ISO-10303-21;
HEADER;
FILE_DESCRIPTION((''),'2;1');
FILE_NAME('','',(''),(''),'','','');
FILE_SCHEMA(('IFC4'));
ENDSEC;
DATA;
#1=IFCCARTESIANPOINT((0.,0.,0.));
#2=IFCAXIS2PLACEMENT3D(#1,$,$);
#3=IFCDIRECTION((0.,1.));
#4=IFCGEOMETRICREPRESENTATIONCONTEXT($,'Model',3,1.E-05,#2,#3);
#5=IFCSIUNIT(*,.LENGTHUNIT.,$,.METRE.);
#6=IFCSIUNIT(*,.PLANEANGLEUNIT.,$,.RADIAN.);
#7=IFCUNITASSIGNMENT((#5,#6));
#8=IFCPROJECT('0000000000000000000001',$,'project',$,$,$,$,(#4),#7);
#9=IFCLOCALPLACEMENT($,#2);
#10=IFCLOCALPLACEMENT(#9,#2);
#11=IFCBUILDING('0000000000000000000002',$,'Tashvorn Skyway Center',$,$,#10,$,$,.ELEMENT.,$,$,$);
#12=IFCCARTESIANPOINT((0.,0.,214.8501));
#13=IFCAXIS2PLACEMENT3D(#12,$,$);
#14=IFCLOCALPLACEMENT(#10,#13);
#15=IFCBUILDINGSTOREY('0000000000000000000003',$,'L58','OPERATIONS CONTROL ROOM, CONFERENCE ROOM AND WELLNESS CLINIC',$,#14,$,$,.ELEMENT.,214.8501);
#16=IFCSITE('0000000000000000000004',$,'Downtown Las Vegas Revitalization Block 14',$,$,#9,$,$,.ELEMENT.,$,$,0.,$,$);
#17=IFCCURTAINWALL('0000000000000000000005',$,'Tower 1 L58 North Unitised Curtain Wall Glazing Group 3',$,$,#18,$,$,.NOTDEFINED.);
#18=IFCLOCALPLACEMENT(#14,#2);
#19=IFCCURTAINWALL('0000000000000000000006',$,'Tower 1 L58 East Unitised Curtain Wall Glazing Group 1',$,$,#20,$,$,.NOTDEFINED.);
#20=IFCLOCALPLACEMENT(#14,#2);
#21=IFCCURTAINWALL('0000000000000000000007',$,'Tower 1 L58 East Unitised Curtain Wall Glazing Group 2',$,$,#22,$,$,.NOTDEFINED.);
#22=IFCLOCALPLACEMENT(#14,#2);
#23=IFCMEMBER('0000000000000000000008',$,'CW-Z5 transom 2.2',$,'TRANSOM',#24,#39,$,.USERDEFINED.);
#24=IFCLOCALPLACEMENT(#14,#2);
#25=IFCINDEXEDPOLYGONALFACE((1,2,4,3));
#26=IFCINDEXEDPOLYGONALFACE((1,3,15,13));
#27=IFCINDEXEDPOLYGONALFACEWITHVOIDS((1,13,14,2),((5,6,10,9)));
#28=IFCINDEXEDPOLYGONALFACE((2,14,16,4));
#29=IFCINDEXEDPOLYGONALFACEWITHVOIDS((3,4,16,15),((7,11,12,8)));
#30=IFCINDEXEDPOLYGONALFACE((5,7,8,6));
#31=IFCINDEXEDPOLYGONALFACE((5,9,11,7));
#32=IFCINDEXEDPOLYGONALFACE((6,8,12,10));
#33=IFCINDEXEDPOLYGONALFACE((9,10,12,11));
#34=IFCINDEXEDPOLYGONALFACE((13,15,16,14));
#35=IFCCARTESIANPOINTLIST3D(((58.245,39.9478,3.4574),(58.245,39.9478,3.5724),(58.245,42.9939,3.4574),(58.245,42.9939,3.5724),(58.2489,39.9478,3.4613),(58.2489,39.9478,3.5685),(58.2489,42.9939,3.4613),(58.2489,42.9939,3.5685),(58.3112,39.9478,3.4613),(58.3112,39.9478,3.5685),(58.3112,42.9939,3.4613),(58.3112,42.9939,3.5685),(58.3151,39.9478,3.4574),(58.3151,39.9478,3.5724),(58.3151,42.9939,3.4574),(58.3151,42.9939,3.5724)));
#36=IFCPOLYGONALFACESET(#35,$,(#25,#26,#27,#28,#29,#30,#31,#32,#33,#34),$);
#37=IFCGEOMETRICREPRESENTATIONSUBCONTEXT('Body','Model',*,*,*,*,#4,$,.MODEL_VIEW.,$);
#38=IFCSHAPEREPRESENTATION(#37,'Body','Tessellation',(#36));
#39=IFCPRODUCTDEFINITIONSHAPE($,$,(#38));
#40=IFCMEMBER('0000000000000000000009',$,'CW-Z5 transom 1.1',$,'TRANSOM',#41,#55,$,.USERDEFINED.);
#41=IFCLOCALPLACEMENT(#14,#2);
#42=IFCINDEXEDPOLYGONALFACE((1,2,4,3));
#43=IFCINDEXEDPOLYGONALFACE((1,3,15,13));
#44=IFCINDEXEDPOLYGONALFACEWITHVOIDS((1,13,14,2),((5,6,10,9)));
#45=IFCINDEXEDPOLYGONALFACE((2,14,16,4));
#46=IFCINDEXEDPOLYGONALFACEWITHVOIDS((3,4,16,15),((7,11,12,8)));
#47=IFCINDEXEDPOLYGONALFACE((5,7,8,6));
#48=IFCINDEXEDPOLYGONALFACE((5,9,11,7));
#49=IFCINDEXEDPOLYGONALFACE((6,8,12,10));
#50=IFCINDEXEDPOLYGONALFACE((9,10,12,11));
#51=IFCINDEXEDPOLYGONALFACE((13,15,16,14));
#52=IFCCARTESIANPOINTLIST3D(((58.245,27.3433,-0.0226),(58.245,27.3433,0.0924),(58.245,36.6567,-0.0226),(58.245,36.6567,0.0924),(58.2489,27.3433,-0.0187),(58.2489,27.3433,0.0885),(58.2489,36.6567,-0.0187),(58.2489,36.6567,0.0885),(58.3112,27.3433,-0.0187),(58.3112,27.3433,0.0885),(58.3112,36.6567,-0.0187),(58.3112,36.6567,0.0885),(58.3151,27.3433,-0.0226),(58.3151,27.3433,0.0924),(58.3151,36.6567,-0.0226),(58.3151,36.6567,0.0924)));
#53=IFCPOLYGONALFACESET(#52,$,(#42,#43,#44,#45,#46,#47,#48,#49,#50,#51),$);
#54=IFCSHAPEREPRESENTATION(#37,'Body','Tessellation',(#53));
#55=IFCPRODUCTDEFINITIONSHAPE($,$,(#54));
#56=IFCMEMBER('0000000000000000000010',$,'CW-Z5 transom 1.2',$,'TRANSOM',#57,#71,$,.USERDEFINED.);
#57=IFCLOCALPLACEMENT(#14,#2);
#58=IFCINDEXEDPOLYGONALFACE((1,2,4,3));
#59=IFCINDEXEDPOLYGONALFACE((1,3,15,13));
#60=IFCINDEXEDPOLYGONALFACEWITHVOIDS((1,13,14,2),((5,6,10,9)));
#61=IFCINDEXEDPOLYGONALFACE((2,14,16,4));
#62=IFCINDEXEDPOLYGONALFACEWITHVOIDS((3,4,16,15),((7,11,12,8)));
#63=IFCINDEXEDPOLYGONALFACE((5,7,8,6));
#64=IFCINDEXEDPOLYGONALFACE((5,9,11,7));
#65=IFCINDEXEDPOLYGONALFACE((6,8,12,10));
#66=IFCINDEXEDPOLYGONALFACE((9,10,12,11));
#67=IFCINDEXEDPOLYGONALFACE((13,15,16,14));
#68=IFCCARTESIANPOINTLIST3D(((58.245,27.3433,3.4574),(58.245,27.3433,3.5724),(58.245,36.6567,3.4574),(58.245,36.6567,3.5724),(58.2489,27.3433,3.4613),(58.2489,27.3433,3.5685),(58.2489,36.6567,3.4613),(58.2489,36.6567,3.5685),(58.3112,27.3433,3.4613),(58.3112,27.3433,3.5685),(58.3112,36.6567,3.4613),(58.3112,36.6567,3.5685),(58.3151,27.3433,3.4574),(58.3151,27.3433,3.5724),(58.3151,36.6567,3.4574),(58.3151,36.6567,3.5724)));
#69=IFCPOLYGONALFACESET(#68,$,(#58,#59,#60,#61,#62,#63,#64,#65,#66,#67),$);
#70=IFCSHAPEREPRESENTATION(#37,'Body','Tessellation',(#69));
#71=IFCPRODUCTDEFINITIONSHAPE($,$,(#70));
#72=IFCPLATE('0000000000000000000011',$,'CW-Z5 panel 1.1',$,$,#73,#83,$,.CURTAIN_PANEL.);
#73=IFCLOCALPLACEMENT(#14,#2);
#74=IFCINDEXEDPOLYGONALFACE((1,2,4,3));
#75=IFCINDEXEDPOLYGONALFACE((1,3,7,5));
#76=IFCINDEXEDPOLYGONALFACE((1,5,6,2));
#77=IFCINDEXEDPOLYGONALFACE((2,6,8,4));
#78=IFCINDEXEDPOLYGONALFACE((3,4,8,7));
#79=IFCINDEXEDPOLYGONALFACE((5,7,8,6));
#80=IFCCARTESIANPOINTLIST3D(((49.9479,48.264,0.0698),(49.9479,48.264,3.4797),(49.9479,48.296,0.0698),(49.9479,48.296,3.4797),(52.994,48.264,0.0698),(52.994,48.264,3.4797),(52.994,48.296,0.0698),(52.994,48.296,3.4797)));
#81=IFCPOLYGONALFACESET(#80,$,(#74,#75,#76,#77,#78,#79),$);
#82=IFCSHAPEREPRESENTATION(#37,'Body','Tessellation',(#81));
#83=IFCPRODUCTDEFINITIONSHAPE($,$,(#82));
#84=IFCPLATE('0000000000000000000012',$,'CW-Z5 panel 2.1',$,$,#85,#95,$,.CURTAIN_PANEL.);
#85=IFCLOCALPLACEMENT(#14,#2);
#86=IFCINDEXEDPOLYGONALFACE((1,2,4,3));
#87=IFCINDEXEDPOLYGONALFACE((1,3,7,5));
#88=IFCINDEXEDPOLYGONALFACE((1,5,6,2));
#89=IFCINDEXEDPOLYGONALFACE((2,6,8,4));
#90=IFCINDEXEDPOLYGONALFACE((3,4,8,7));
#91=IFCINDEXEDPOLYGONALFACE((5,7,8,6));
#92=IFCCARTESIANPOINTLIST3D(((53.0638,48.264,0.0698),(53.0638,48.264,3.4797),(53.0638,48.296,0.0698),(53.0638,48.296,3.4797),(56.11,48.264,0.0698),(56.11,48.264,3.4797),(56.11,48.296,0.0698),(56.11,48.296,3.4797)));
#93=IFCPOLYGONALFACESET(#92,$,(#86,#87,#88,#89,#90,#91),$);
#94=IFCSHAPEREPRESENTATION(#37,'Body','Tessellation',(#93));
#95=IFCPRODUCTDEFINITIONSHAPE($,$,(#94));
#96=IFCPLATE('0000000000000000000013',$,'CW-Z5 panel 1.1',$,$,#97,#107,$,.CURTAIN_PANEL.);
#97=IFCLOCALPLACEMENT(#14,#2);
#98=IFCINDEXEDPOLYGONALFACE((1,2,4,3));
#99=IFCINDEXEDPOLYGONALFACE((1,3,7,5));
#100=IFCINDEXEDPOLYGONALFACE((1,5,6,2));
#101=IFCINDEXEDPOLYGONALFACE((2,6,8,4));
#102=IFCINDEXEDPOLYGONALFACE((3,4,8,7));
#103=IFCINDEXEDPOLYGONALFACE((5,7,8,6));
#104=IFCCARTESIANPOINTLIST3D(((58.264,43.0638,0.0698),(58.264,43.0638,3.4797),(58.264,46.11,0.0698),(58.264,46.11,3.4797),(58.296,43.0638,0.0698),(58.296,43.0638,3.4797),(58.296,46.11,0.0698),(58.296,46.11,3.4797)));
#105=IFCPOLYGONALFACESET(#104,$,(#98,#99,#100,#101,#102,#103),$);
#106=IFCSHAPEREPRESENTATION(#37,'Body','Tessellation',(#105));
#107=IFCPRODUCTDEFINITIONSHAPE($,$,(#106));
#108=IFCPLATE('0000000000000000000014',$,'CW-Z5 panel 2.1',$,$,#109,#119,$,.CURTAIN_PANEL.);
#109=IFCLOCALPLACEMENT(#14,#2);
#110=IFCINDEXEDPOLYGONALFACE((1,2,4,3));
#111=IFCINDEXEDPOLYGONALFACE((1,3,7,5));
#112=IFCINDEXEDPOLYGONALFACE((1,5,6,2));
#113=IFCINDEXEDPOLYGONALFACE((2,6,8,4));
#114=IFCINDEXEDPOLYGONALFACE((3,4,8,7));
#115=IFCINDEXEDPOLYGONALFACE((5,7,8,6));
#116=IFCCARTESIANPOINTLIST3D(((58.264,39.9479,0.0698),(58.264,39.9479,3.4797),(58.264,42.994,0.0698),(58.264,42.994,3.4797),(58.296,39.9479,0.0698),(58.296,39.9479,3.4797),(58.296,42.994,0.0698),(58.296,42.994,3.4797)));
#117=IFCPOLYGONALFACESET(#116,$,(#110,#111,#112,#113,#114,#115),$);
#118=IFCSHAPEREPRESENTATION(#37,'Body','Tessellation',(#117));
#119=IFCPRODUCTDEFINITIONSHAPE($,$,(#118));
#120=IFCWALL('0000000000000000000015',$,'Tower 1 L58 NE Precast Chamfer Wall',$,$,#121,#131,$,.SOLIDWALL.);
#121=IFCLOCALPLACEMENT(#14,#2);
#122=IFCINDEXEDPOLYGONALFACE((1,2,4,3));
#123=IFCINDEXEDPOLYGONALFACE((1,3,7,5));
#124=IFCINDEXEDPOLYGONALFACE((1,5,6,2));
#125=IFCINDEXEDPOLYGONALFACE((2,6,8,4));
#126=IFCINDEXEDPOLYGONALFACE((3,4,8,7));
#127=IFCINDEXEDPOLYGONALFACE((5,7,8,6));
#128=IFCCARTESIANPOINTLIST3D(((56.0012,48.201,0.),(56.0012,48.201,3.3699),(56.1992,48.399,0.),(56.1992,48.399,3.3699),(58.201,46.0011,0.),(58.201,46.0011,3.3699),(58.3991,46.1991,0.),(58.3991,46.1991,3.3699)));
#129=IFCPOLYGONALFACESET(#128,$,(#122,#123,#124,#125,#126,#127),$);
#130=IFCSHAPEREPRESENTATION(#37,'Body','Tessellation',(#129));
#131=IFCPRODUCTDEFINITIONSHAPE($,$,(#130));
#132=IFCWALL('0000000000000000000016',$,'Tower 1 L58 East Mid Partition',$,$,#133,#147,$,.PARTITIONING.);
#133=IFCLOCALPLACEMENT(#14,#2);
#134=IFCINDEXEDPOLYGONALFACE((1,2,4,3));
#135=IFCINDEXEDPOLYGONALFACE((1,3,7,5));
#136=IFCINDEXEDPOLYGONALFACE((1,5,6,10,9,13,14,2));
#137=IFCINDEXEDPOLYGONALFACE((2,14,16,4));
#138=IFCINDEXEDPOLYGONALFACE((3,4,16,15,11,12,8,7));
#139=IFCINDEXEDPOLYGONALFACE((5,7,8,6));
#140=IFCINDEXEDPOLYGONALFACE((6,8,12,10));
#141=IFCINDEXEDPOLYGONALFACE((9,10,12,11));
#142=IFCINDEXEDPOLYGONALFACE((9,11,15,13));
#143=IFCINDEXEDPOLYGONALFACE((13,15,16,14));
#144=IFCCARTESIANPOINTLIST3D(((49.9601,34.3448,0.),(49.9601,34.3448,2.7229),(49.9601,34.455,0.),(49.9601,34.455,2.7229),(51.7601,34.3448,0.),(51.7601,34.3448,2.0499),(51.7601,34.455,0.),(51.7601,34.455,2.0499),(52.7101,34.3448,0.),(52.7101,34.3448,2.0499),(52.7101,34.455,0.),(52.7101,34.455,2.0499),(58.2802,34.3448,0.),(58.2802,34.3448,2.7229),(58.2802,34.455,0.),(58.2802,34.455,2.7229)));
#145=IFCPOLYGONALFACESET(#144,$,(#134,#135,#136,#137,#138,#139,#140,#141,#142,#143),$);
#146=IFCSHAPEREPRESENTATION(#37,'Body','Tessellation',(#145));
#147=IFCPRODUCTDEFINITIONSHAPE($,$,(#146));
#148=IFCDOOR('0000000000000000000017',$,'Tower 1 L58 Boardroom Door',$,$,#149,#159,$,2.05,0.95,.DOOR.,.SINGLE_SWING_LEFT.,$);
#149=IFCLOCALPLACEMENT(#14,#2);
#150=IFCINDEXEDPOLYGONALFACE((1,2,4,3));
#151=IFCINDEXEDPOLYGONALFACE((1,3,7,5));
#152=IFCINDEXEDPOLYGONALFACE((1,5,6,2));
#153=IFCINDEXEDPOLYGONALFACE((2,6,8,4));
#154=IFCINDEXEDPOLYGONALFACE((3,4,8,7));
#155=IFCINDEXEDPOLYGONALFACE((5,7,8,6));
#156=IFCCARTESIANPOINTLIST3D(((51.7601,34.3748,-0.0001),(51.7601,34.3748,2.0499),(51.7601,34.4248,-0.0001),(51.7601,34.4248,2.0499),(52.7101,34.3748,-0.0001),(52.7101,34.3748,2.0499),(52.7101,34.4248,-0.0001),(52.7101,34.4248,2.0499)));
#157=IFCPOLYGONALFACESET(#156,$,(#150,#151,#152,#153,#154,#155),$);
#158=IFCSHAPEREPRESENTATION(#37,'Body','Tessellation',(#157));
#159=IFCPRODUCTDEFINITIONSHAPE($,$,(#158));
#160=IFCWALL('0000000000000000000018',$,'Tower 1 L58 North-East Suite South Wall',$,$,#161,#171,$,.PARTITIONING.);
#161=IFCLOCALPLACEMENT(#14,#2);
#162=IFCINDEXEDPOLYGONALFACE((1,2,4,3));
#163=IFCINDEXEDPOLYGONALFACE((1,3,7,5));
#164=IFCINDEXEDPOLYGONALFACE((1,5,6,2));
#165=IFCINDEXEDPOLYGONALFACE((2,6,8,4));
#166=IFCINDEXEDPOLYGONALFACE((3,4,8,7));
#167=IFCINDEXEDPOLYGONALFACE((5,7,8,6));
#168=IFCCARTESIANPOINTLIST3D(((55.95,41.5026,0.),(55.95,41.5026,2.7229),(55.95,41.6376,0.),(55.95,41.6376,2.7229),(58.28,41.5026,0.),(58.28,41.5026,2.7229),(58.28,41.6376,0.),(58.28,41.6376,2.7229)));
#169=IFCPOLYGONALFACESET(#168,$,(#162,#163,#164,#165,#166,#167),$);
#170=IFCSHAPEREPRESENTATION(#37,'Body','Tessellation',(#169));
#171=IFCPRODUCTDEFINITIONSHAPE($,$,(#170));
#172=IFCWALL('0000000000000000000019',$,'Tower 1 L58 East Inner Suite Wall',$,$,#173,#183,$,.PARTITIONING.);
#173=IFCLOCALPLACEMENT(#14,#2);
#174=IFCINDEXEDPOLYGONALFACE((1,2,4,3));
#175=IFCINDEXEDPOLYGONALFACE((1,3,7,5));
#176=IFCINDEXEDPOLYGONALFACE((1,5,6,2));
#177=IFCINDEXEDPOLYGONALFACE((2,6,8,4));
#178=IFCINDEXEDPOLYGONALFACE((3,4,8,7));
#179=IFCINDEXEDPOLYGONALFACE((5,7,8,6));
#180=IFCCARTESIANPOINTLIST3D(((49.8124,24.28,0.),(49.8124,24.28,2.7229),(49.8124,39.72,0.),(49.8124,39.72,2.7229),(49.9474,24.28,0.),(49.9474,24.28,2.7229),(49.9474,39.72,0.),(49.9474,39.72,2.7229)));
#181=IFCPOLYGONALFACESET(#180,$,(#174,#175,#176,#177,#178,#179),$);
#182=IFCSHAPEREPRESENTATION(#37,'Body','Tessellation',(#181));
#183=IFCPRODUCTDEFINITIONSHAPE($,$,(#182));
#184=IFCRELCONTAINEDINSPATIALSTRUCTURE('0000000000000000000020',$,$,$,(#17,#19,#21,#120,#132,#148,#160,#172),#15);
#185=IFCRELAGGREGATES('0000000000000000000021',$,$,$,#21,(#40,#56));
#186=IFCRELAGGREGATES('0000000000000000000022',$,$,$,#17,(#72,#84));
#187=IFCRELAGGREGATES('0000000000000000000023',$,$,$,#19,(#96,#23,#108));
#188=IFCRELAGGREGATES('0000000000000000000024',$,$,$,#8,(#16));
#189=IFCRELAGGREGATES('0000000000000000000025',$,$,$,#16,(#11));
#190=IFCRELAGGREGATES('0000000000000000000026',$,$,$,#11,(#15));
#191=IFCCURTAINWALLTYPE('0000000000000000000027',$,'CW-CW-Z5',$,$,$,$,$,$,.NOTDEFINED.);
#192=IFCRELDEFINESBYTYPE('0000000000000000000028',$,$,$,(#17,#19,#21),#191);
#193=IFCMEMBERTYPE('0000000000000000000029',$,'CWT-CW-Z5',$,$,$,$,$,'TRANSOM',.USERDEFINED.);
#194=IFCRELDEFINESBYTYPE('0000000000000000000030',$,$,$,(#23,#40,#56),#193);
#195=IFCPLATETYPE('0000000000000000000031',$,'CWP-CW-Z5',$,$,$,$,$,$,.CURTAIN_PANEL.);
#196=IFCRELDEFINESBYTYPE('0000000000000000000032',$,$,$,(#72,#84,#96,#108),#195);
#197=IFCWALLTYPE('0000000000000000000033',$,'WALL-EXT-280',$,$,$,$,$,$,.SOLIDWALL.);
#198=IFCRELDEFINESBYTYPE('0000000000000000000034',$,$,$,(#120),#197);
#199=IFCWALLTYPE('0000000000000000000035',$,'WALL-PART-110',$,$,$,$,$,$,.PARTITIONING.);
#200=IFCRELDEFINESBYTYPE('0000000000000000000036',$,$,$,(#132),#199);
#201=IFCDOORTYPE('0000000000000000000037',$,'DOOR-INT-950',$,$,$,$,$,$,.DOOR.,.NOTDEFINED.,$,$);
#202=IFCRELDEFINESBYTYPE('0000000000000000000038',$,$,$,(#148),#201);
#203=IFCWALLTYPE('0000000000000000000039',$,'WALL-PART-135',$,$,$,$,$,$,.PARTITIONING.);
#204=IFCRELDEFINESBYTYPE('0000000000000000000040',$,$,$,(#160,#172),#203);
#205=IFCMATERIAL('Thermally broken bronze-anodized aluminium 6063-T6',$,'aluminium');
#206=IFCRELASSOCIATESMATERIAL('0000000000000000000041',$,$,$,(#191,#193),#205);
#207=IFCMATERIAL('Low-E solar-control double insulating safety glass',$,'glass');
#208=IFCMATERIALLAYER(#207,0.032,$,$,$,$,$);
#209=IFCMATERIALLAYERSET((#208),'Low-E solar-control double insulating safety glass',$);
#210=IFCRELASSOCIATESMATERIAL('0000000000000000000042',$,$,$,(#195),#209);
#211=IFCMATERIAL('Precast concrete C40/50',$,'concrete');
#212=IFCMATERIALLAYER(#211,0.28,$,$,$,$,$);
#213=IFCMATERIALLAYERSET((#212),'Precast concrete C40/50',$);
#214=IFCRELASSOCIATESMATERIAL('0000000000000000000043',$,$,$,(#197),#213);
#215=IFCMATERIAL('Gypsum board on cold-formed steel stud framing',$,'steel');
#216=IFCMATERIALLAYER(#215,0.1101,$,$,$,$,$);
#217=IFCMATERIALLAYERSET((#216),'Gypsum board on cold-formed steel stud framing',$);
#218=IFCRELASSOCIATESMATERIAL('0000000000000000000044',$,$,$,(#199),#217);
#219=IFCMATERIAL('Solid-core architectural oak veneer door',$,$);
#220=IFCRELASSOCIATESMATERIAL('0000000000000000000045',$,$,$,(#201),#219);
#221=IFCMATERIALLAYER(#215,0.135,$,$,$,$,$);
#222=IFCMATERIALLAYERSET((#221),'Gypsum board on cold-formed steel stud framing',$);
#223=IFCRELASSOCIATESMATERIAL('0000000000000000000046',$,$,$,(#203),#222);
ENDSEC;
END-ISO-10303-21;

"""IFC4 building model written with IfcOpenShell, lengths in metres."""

from ifc_helpers import new_model, si_unit, direction, frame, frame_2d, origin, origin_2d, place, context, subcontext, project, spatial, rectangle, hollow_rectangle, extrude, material, layer, layer_set, material_profile, profile_set, type_object, element, fill, aggregate, save


model = new_model("IFC4")

# Units and contexts
model_context = context("Model", 3, precision=1e-05, world=origin(), true_north=direction((0.0, 1.0)))
body_context = subcontext(model_context, "Body", "Model", "MODEL_VIEW")
ifc_project = project(units=[si_unit("LENGTHUNIT", "METRE"), si_unit("PLANEANGLEUNIT", "RADIAN")], contexts=[model_context])

# Site, building, storey
site_placement = place(None, origin())
site = spatial("IfcSite", under=ifc_project, at=site_placement, Name="Downtown Las Vegas Revitalization Block 14", CompositionType="ELEMENT", RefElevation=0.0)
building_placement = place(site_placement, origin())
building = spatial("IfcBuilding", under=site, at=building_placement, Name="Tashvorn Skyway Center", CompositionType="ELEMENT")
storey_placement = place(building_placement, frame((0.0, 0.0, 214.8501)))
storey = spatial("IfcBuildingStorey", under=building, at=storey_placement, Name="L58", Description="OPERATIONS CONTROL ROOM, CONFERENCE ROOM AND WELLNESS CLINIC", CompositionType="ELEMENT", Elevation=214.8501)

# Curtain walls
ifc_material_1 = material(Name="Thermally broken bronze-anodized aluminium 6063-T6", Category="aluminium")
curtain_wall_type = type_object("IfcCurtainWallType", Name="CW-CW-Z5", PredefinedType="NOTDEFINED", material=ifc_material_1)
curtain_wall_1_placement = place(storey_placement, origin())
curtain_wall_1 = element("IfcCurtainWall", 1, at=curtain_wall_1_placement, inside=storey, type_object=curtain_wall_type, Name="Tower 1 L58 North Unitised Curtain Wall Glazing Group 3", PredefinedType="NOTDEFINED")
curtain_wall_2_placement = place(storey_placement, origin())
curtain_wall_2 = element("IfcCurtainWall", 2, at=curtain_wall_2_placement, inside=storey, type_object=curtain_wall_type, Name="Tower 1 L58 East Unitised Curtain Wall Glazing Group 1", PredefinedType="NOTDEFINED")

# Curtain wall
curtain_wall_3_placement = place(storey_placement, origin())
curtain_wall_3 = element("IfcCurtainWall", 3, at=curtain_wall_3_placement, inside=storey, type_object=curtain_wall_type, Name="Tower 1 L58 East Unitised Curtain Wall Glazing Group 2", PredefinedType="NOTDEFINED")

# Members
ifc_material_profile_1 = material_profile(ifc_material_1, hollow_rectangle(XDim=0.0701, YDim=0.115, WallThickness=0.0039, at=origin_2d()), Name="ALU-TRAN-70x115")
ifc_profile_set_1 = profile_set([ifc_material_profile_1], Name="Thermally broken bronze-anodized aluminium 6063-T6")
member_type_1 = type_object("IfcMemberType", Name="CWT-CW-Z5", ElementType="TRANSOM", PredefinedType="USERDEFINED", material=ifc_profile_set_1)
member_1_placement = place(storey_placement, frame((58.28, 42.9939, 3.5149), z_axis=(0.0, -1.0, 0.0), x_axis=(1.0, 0.0, 0.0)))
member_1 = element("IfcMember", 4, at=member_1_placement, type_object=member_type_1, Name="CW-Z5 transom 2.2", ObjectType="TRANSOM", PredefinedType="USERDEFINED", context=body_context, shape_type="SweptSolid", body=[
    extrude(hollow_rectangle(XDim=0.0701, YDim=0.115, WallThickness=0.0039, at=origin_2d()), origin(), (0.0, 0.0, 1.0), 3.0461),
])
member_2_placement = place(storey_placement, frame((58.28, 36.6567, 0.0349), z_axis=(0.0, -1.0, 0.0), x_axis=(1.0, 0.0, 0.0)))
member_2 = element("IfcMember", 5, at=member_2_placement, type_object=member_type_1, Name="CW-Z5 transom 1.1", ObjectType="TRANSOM", PredefinedType="USERDEFINED", context=body_context, shape_type="SweptSolid", body=[
    extrude(hollow_rectangle(XDim=0.0701, YDim=0.115, WallThickness=0.0039, at=origin_2d()), origin(), (0.0, 0.0, 1.0), 9.3135),
])
member_3_placement = place(storey_placement, frame((58.28, 36.6567, 3.5149), z_axis=(0.0, -1.0, 0.0), x_axis=(1.0, 0.0, 0.0)))
member_3 = element("IfcMember", 6, at=member_3_placement, type_object=member_type_1, Name="CW-Z5 transom 1.2", ObjectType="TRANSOM", PredefinedType="USERDEFINED", context=body_context, shape_type="SweptSolid", body=[
    extrude(hollow_rectangle(XDim=0.0701, YDim=0.115, WallThickness=0.0039, at=origin_2d()), origin(), (0.0, 0.0, 1.0), 9.3135),
])
aggregate(curtain_wall_3, [member_2, member_3])

# Plates
ifc_material_2 = material(Name="Low-E solar-control double insulating safety glass", Category="glass")
ifc_layer_1 = layer(ifc_material_2, 0.032)
ifc_layer_set_1 = layer_set([ifc_layer_1], Name="Low-E solar-control double insulating safety glass")
plate_type = type_object("IfcPlateType", Name="CWP-CW-Z5", PredefinedType="CURTAIN_PANEL", material=ifc_layer_set_1)
plate_1_placement = place(storey_placement, frame((51.4709, 48.28, 0.0698), z_axis=(0.0, 0.0, 1.0), x_axis=(1.0, 0.0, 0.0)))
plate_1 = element("IfcPlate", 7, at=plate_1_placement, type_object=plate_type, Name="CW-Z5 panel 1.1", PredefinedType="CURTAIN_PANEL", context=body_context, shape_type="SweptSolid", body=[
    extrude(rectangle(XDim=3.0461, YDim=0.032, at=origin_2d()), origin(), (0.0, 0.0, 1.0), 3.4099),
])
plate_2_placement = place(storey_placement, frame((54.5869, 48.28, 0.0698), z_axis=(0.0, 0.0, 1.0), x_axis=(1.0, 0.0, 0.0)))
plate_2 = element("IfcPlate", 8, at=plate_2_placement, type_object=plate_type, Name="CW-Z5 panel 2.1", PredefinedType="CURTAIN_PANEL", context=body_context, shape_type="SweptSolid", body=[
    extrude(rectangle(XDim=3.0461, YDim=0.032, at=origin_2d()), origin(), (0.0, 0.0, 1.0), 3.4099),
])
aggregate(curtain_wall_1, [plate_1, plate_2])
plate_3_placement = place(storey_placement, frame((58.28, 44.5869, 0.0698), z_axis=(0.0, 0.0, 1.0), x_axis=(0.0, -1.0, 0.0)))
plate_3 = element("IfcPlate", 9, at=plate_3_placement, type_object=plate_type, Name="CW-Z5 panel 1.1", PredefinedType="CURTAIN_PANEL", context=body_context, shape_type="SweptSolid", body=[
    extrude(rectangle(XDim=3.0461, YDim=0.032, at=origin_2d()), origin(), (0.0, 0.0, 1.0), 3.4099),
])
plate_4_placement = place(storey_placement, frame((58.28, 41.4709, 0.0698), z_axis=(0.0, 0.0, 1.0), x_axis=(0.0, -1.0, 0.0)))
plate_4 = element("IfcPlate", 10, at=plate_4_placement, type_object=plate_type, Name="CW-Z5 panel 2.1", PredefinedType="CURTAIN_PANEL", context=body_context, shape_type="SweptSolid", body=[
    extrude(rectangle(XDim=3.0461, YDim=0.032, at=origin_2d()), origin(), (0.0, 0.0, 1.0), 3.4099),
])
aggregate(curtain_wall_2, [plate_3, member_1, plate_4])

# Wall
ifc_material_3 = material(Name="Precast concrete C40/50", Category="concrete")
ifc_layer_2 = layer(ifc_material_3, 0.28)
ifc_layer_set_2 = layer_set([ifc_layer_2], Name="Precast concrete C40/50")
wall_type_1 = type_object("IfcWallType", Name="WALL-EXT-280", PredefinedType="SOLIDWALL", material=ifc_layer_set_2)
wall_1_placement = place(storey_placement, frame((56.1001, 48.3, 0.0), z_axis=(0.0, 0.0, 1.0), x_axis=(0.707107, -0.707107, 0.0)))
element("IfcWall", 11, at=wall_1_placement, inside=storey, type_object=wall_type_1, Name="Tower 1 L58 NE Precast Chamfer Wall", PredefinedType="SOLIDWALL", context=body_context, shape_type="SweptSolid", body=[
    extrude(rectangle(XDim=3.1111, YDim=0.28, at=frame_2d((1.5557, 0.0))), origin(), (0.0, 0.0, 1.0), 3.3699),
])

# Wall, opening, door
ifc_material_4 = material(Name="Gypsum board on cold-formed steel stud framing", Category="steel")
ifc_layer_3 = layer(ifc_material_4, 0.1101)
ifc_layer_set_3 = layer_set([ifc_layer_3], Name="Gypsum board on cold-formed steel stud framing")
wall_type_2 = type_object("IfcWallType", Name="WALL-PART-110", PredefinedType="PARTITIONING", material=ifc_layer_set_3)
wall_2_placement = place(storey_placement, frame((49.96, 34.3999, 0.0), z_axis=(0.0, 0.0, 1.0), x_axis=(1.0, 0.0, 0.0)))
wall_2 = element("IfcWall", 12, at=wall_2_placement, inside=storey, type_object=wall_type_2, Name="Tower 1 L58 East Mid Partition", PredefinedType="PARTITIONING", context=body_context, shape_type="SweptSolid", body=[
    extrude(rectangle(XDim=8.3201, YDim=0.1101, at=frame_2d((4.1602, 0.0))), origin(), (0.0, 0.0, 1.0), 2.7229),
])
opening_placement = place(wall_2_placement, frame((1.8, 0.0, 0.0)))
opening = element("IfcOpeningElement", 13, at=opening_placement, cuts=wall_2, PredefinedType="OPENING", context=body_context, shape_type="SweptSolid", body=[
    extrude(rectangle(XDim=0.95, YDim=2.05, at=frame_2d((0.4751, 1.0249))), frame((0.0, 0.0649, 0.0), z_axis=(0.0, -1.0, 0.0), x_axis=(1.0, 0.0, 0.0)), (0.0, 0.0, 1.0), 0.1301),
])
ifc_material_5 = material(Name="Solid-core architectural oak veneer door")
door_type = type_object("IfcDoorType", Name="DOOR-INT-950", OperationType="NOTDEFINED", PredefinedType="DOOR", material=ifc_material_5)
door_placement = place(opening_placement, origin())
door = element("IfcDoor", 14, at=door_placement, inside=storey, type_object=door_type, Name="Tower 1 L58 Boardroom Door", OperationType="SINGLE_SWING_LEFT", OverallHeight=2.05, OverallWidth=0.95, PredefinedType="DOOR", context=body_context, shape_type="SweptSolid", body=[
    extrude(rectangle(XDim=0.95, YDim=2.05, at=frame_2d((0.4751, 1.0249))), frame((0.0, 0.0249, 0.0), z_axis=(0.0, -1.0, 0.0), x_axis=(1.0, 0.0, 0.0)), (0.0, 0.0, 1.0), 0.05),
])
fill(opening, door)

# Walls
ifc_layer_4 = layer(ifc_material_4, 0.135)
ifc_layer_set_4 = layer_set([ifc_layer_4], Name="Gypsum board on cold-formed steel stud framing")
wall_type_3 = type_object("IfcWallType", Name="WALL-PART-135", PredefinedType="PARTITIONING", material=ifc_layer_set_4)
wall_3_placement = place(storey_placement, frame((55.95, 41.5701, 0.0), z_axis=(0.0, 0.0, 1.0), x_axis=(1.0, 0.0, 0.0)))
element("IfcWall", 15, at=wall_3_placement, inside=storey, type_object=wall_type_3, Name="Tower 1 L58 North-East Suite South Wall", PredefinedType="PARTITIONING", context=body_context, shape_type="SweptSolid", body=[
    extrude(rectangle(XDim=2.3301, YDim=0.135, at=frame_2d((1.165, 0.0))), origin(), (0.0, 0.0, 1.0), 2.7229),
])
wall_4_placement = place(storey_placement, frame((49.8799, 39.72, 0.0), z_axis=(0.0, 0.0, 1.0), x_axis=(0.0, -1.0, 0.0)))
element("IfcWall", 16, at=wall_4_placement, inside=storey, type_object=wall_type_3, Name="Tower 1 L58 East Inner Suite Wall", PredefinedType="PARTITIONING", context=body_context, shape_type="SweptSolid", body=[
    extrude(rectangle(XDim=15.4399, YDim=0.135, at=frame_2d((7.72, 0.0))), origin(), (0.0, 0.0, 1.0), 2.7229),
])

save(model, "model.ifc")
